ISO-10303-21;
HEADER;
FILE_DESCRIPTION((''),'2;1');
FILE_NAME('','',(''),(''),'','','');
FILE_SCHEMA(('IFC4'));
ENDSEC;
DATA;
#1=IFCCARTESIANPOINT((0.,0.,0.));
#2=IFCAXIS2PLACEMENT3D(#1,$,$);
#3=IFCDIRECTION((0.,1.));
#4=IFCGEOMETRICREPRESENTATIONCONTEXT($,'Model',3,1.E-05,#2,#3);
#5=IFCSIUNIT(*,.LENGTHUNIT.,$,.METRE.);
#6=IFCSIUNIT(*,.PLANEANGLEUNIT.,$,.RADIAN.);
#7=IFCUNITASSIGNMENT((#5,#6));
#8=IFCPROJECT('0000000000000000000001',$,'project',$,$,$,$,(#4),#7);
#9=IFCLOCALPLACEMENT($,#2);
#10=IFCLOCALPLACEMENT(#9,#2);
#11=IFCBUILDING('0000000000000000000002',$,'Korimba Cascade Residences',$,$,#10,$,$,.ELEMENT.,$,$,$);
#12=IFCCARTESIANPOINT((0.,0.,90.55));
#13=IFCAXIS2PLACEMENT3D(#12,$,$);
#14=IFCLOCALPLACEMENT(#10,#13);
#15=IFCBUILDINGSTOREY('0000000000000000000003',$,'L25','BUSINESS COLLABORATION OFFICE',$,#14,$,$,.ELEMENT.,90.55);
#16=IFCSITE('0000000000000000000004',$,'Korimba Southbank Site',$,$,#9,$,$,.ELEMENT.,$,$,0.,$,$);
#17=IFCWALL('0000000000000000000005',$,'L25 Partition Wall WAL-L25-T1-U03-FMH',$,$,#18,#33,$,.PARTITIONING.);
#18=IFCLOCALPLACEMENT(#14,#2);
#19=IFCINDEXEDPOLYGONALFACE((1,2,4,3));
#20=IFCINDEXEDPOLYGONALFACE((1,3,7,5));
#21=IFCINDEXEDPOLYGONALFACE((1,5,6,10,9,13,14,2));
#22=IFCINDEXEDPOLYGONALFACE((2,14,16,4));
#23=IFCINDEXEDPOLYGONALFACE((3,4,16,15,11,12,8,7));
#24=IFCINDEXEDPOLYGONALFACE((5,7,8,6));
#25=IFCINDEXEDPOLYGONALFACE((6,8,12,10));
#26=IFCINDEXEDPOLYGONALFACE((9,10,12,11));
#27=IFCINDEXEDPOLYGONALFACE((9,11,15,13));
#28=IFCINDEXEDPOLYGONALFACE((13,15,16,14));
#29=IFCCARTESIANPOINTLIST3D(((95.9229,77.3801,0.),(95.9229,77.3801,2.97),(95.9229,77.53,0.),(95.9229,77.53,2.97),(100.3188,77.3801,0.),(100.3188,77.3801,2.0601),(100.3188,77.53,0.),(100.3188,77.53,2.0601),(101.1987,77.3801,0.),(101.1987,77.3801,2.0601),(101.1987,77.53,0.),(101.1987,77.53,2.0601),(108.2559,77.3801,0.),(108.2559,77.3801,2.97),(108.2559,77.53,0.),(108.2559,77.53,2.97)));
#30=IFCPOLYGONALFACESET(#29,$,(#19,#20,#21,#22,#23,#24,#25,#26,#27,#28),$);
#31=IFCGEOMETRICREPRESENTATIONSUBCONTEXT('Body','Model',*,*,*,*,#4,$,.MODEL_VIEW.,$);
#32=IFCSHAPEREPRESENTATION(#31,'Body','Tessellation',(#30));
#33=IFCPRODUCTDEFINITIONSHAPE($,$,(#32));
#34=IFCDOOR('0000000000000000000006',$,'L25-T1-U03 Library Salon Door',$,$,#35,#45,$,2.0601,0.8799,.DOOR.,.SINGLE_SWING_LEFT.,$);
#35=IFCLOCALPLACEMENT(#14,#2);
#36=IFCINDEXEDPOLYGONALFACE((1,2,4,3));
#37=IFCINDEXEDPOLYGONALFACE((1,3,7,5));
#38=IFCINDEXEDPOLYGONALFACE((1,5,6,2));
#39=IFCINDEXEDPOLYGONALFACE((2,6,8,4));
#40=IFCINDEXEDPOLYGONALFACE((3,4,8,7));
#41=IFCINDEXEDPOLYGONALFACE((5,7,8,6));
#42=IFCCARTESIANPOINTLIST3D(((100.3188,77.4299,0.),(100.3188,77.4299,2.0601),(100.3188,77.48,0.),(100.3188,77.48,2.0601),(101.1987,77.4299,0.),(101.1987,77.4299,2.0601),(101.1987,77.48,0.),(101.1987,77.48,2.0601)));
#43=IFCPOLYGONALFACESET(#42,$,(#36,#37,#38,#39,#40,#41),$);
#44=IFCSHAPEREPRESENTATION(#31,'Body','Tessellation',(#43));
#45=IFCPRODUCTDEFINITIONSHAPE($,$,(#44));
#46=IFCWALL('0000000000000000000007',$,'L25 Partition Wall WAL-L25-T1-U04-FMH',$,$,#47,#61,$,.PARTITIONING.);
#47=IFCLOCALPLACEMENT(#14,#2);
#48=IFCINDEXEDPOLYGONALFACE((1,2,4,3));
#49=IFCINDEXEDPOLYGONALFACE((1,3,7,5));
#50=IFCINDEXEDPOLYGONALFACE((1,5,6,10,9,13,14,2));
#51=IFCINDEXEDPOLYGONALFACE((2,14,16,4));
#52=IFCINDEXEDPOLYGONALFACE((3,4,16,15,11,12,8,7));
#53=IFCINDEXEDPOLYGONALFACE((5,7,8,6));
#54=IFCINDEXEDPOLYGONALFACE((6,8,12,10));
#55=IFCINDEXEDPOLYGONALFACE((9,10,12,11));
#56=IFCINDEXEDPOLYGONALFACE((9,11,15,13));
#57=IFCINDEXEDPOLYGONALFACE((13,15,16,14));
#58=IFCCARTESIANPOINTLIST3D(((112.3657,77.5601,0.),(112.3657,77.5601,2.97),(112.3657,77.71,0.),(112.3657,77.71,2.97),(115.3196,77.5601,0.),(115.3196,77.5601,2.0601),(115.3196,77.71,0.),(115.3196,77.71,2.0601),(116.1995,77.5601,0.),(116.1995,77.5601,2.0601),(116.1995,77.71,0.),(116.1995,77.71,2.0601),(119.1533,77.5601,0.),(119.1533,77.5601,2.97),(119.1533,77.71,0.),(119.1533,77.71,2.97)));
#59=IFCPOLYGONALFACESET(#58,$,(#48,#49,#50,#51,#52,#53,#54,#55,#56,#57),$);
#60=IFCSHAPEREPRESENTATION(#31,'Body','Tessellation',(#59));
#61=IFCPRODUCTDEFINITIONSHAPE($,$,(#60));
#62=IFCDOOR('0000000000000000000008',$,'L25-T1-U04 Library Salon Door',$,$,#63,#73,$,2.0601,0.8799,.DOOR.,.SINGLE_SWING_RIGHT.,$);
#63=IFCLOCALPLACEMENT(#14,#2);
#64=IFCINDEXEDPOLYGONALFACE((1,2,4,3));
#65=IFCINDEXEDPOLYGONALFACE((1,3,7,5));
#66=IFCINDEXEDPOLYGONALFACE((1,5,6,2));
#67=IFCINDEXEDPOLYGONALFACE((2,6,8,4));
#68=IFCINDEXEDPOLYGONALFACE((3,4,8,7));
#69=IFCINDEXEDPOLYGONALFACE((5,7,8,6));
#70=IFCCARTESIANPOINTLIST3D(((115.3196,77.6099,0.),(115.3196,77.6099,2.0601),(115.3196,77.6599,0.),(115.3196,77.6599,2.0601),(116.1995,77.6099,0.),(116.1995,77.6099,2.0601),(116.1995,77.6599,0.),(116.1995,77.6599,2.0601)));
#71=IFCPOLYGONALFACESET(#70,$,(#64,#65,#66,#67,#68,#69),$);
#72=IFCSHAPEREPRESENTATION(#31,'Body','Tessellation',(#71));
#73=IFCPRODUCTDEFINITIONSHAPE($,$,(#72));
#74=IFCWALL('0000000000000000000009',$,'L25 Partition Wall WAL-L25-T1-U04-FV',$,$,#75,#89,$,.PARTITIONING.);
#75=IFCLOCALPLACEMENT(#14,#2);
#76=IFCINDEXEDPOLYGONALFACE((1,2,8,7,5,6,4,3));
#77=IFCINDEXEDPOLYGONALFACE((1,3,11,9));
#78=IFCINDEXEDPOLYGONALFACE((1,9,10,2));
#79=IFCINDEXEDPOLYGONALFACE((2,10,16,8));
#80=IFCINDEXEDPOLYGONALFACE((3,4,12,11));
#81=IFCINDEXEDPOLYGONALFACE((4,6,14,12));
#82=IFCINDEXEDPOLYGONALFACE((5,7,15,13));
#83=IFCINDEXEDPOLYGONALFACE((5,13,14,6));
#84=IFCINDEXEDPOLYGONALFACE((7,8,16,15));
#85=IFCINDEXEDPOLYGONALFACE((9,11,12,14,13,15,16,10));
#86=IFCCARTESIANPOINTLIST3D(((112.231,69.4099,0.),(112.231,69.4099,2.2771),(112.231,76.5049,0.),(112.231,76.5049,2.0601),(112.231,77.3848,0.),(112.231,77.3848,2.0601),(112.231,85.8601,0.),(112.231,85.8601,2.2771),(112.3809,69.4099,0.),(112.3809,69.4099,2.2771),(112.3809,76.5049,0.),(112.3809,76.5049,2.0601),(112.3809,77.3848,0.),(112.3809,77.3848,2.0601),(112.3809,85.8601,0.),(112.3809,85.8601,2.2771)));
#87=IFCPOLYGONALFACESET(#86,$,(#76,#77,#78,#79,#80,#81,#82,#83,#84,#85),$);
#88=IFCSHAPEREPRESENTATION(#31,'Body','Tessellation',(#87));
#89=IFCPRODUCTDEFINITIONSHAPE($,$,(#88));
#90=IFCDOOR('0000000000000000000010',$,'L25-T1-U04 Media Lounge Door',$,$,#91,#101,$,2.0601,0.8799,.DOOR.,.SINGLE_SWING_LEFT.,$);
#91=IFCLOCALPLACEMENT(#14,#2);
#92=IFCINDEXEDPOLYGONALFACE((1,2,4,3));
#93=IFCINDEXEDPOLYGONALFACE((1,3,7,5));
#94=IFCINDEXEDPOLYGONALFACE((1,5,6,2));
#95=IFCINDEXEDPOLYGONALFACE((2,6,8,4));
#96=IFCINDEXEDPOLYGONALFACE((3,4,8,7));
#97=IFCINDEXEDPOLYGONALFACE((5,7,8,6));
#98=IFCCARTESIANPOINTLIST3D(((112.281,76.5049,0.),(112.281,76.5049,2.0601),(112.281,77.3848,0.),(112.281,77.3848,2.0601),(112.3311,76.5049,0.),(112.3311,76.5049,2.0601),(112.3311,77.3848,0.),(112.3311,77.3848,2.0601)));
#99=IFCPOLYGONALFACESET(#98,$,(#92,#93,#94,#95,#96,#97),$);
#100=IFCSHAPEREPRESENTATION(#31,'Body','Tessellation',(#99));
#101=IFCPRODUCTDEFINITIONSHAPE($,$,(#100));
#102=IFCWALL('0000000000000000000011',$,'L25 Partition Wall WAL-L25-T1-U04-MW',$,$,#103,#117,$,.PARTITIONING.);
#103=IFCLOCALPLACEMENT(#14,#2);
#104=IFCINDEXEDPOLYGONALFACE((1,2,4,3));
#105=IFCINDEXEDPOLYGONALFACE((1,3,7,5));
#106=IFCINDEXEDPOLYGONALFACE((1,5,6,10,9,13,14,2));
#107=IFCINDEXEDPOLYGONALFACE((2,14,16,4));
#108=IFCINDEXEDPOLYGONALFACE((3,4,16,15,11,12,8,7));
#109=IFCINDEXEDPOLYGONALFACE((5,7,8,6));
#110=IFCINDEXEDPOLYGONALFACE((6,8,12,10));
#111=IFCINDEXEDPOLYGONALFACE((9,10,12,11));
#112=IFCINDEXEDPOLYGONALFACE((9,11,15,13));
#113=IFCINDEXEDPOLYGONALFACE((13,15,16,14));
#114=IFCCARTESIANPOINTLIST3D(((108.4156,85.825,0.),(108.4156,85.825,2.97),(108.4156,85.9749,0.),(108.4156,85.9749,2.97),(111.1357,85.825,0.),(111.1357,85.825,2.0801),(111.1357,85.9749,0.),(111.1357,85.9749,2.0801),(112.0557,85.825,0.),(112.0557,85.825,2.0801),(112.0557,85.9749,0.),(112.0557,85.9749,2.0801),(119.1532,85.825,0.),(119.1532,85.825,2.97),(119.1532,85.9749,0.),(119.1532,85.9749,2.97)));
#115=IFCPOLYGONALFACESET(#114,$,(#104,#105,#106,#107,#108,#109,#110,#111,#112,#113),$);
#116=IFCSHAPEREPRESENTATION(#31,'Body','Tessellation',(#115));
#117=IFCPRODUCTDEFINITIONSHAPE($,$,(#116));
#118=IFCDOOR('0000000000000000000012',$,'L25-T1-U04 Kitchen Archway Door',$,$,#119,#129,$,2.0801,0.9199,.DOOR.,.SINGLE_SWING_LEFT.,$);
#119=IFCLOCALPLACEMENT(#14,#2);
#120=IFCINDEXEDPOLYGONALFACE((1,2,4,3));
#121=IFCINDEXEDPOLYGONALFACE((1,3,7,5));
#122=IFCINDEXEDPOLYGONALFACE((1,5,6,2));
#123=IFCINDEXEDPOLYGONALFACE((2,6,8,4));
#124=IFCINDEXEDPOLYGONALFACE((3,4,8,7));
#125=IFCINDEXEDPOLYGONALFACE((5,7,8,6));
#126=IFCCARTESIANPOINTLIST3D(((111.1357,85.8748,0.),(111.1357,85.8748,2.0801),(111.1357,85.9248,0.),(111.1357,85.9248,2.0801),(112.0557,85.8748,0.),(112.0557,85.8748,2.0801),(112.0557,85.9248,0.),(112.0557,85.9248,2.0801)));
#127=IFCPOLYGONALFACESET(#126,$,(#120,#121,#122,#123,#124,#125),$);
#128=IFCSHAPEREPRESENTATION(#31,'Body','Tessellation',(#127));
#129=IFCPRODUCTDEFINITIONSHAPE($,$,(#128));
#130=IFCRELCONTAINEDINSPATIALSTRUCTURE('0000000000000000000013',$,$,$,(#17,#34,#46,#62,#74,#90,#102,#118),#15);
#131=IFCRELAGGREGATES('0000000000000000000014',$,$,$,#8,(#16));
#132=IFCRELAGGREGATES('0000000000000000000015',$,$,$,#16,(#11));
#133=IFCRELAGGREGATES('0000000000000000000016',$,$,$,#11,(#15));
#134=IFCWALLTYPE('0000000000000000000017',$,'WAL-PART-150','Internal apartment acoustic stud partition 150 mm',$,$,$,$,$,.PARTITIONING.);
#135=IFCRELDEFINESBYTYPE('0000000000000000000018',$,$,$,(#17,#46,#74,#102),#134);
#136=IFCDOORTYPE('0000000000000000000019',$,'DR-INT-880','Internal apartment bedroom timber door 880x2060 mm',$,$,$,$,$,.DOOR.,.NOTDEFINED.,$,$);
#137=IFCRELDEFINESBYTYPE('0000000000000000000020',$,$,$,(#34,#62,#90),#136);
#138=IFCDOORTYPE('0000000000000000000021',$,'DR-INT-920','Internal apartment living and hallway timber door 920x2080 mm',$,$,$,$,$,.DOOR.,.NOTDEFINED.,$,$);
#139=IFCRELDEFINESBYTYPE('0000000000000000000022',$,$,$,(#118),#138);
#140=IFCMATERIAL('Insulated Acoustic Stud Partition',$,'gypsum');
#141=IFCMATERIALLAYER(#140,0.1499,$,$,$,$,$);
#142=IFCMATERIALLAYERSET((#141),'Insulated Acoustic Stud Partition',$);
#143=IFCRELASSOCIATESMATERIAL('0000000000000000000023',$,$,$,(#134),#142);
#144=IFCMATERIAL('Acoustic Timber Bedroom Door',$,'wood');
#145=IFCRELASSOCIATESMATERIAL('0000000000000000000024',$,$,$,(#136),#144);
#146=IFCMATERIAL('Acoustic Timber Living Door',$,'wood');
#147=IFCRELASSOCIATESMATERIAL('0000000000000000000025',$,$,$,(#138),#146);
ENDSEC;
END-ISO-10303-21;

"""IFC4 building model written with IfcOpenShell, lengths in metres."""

from ifc_helpers import new_model, si_unit, direction, frame, frame_2d, origin, place, context, subcontext, project, spatial, rectangle, extrude, material, layer, layer_set, type_object, element, fill, save


model = new_model("IFC4")

# Units and contexts
model_context = context("Model", 3, precision=1e-05, world=origin(), true_north=direction((0.0, 1.0)))
body_context = subcontext(model_context, "Body", "Model", "MODEL_VIEW")
ifc_project = project(units=[si_unit("LENGTHUNIT", "METRE"), si_unit("PLANEANGLEUNIT", "RADIAN")], contexts=[model_context])

# Site, building, storey
site_placement = place(None, origin())
site = spatial("IfcSite", under=ifc_project, at=site_placement, Name="Korimba Southbank Site", CompositionType="ELEMENT", RefElevation=0.0)
building_placement = place(site_placement, origin())
building = spatial("IfcBuilding", under=site, at=building_placement, Name="Korimba Cascade Residences", CompositionType="ELEMENT")
storey_placement = place(building_placement, frame((0.0, 0.0, 90.55)))
storey = spatial("IfcBuildingStorey", under=building, at=storey_placement, Name="L25", Description="BUSINESS COLLABORATION OFFICE", CompositionType="ELEMENT", Elevation=90.55)

# Shared definitions
ifc_material_1 = material(Name="Insulated Acoustic Stud Partition", Category="gypsum")
ifc_layer_1 = layer(ifc_material_1, 0.1499)
ifc_layer_set_1 = layer_set([ifc_layer_1], Name="Insulated Acoustic Stud Partition")
wall_type_1 = type_object("IfcWallType", Name="WAL-PART-150", Description="Internal apartment acoustic stud partition 150 mm", PredefinedType="PARTITIONING", material=ifc_layer_set_1)
ifc_material_2 = material(Name="Acoustic Timber Bedroom Door", Category="wood")
door_type_1 = type_object("IfcDoorType", Name="DR-INT-880", Description="Internal apartment bedroom timber door 880x2060 mm", OperationType="NOTDEFINED", PredefinedType="DOOR", material=ifc_material_2)

# Walls, openings, doors
wall_1_placement = place(storey_placement, frame((95.9229, 77.4551, 0.0), z_axis=(0.0, 0.0, 1.0), x_axis=(1.0, 0.0, 0.0)))
wall_1 = element("IfcWall", 1, at=wall_1_placement, inside=storey, type_object=wall_type_1, Name="L25 Partition Wall WAL-L25-T1-U03-FMH", PredefinedType="PARTITIONING", context=body_context, shape_type="SweptSolid", body=[
    extrude(rectangle(XDim=12.333, YDim=0.1499, at=frame_2d((6.1665, 0.0))), origin(), (0.0, 0.0, 1.0), 2.97),
])
opening_1_placement = place(wall_1_placement, frame((4.396, 0.0, 0.0)))
opening_1 = element("IfcOpeningElement", 2, at=opening_1_placement, cuts=wall_1, PredefinedType="OPENING", context=body_context, shape_type="SweptSolid", body=[
    extrude(rectangle(XDim=0.8799, YDim=2.0601, at=frame_2d((0.4399, 1.03))), frame((0.0, 0.085, 0.0), z_axis=(0.0, -1.0, 0.0), x_axis=(1.0, 0.0, 0.0)), (0.0, 0.0, 1.0), 0.1699),
])
door_1_placement = place(opening_1_placement, origin())
door_1 = element("IfcDoor", 3, at=door_1_placement, inside=storey, type_object=door_type_1, Name="L25-T1-U03 Library Salon Door", OperationType="SINGLE_SWING_LEFT", OverallHeight=2.0601, OverallWidth=0.8799, PredefinedType="DOOR", context=body_context, shape_type="SweptSolid", body=[
    extrude(rectangle(XDim=0.8799, YDim=2.0601, at=frame_2d((0.4399, 1.03))), frame((0.0, 0.0249, 0.0), z_axis=(0.0, -1.0, 0.0), x_axis=(1.0, 0.0, 0.0)), (0.0, 0.0, 1.0), 0.05),
])
fill(opening_1, door_1)
wall_2_placement = place(storey_placement, frame((112.3657, 77.635, 0.0), z_axis=(0.0, 0.0, 1.0), x_axis=(1.0, 0.0, 0.0)))
wall_2 = element("IfcWall", 4, at=wall_2_placement, inside=storey, type_object=wall_type_1, Name="L25 Partition Wall WAL-L25-T1-U04-FMH", PredefinedType="PARTITIONING", context=body_context, shape_type="SweptSolid", body=[
    extrude(rectangle(XDim=6.7876, YDim=0.1499, at=frame_2d((3.3938, 0.0))), origin(), (0.0, 0.0, 1.0), 2.97),
])
opening_2_placement = place(wall_2_placement, frame((2.9539, 0.0, 0.0)))
opening_2 = element("IfcOpeningElement", 5, at=opening_2_placement, cuts=wall_2, PredefinedType="OPENING", context=body_context, shape_type="SweptSolid", body=[
    extrude(rectangle(XDim=0.8799, YDim=2.0601, at=frame_2d((0.4399, 1.03))), frame((0.0, 0.085, 0.0), z_axis=(0.0, -1.0, 0.0), x_axis=(1.0, 0.0, 0.0)), (0.0, 0.0, 1.0), 0.1699),
])
door_2_placement = place(opening_2_placement, origin())
door_2 = element("IfcDoor", 6, at=door_2_placement, inside=storey, type_object=door_type_1, Name="L25-T1-U04 Library Salon Door", OperationType="SINGLE_SWING_RIGHT", OverallHeight=2.0601, OverallWidth=0.8799, PredefinedType="DOOR", context=body_context, shape_type="SweptSolid", body=[
    extrude(rectangle(XDim=0.8799, YDim=2.0601, at=frame_2d((0.4399, 1.03))), frame((0.0, 0.0249, 0.0), z_axis=(0.0, -1.0, 0.0), x_axis=(1.0, 0.0, 0.0)), (0.0, 0.0, 1.0), 0.05),
])
fill(opening_2, door_2)
wall_3_placement = place(storey_placement, frame((112.3059, 69.4099, 0.0), z_axis=(0.0, 0.0, 1.0), x_axis=(0.0, 1.0, 0.0)))
wall_3 = element("IfcWall", 7, at=wall_3_placement, inside=storey, type_object=wall_type_1, Name="L25 Partition Wall WAL-L25-T1-U04-FV", PredefinedType="PARTITIONING", context=body_context, shape_type="SweptSolid", body=[
    extrude(rectangle(XDim=16.4502, YDim=0.1499, at=frame_2d((8.2251, 0.0))), origin(), (0.0, 0.0, 1.0), 2.2771),
])
opening_3_placement = place(wall_3_placement, frame((7.095, 0.0, 0.0)))
opening_3 = element("IfcOpeningElement", 8, at=opening_3_placement, cuts=wall_3, PredefinedType="OPENING", context=body_context, shape_type="SweptSolid", body=[
    extrude(rectangle(XDim=0.8799, YDim=2.0601, at=frame_2d((0.4399, 1.03))), frame((0.0, 0.085, 0.0), z_axis=(0.0, -1.0, 0.0), x_axis=(1.0, 0.0, 0.0)), (0.0, 0.0, 1.0), 0.1699),
])
door_3_placement = place(opening_3_placement, origin())
door_3 = element("IfcDoor", 9, at=door_3_placement, inside=storey, type_object=door_type_1, Name="L25-T1-U04 Media Lounge Door", OperationType="SINGLE_SWING_LEFT", OverallHeight=2.0601, OverallWidth=0.8799, PredefinedType="DOOR", context=body_context, shape_type="SweptSolid", body=[
    extrude(rectangle(XDim=0.8799, YDim=2.0601, at=frame_2d((0.4399, 1.03))), frame((0.0, 0.0249, 0.0), z_axis=(0.0, -1.0, 0.0), x_axis=(1.0, 0.0, 0.0)), (0.0, 0.0, 1.0), 0.05),
])
fill(opening_3, door_3)
wall_4_placement = place(storey_placement, frame((108.4158, 85.8999, 0.0), z_axis=(0.0, 0.0, 1.0), x_axis=(1.0, 0.0, 0.0)))
wall_4 = element("IfcWall", 10, at=wall_4_placement, inside=storey, type_object=wall_type_1, Name="L25 Partition Wall WAL-L25-T1-U04-MW", PredefinedType="PARTITIONING", context=body_context, shape_type="SweptSolid", body=[
    extrude(rectangle(XDim=10.7375, YDim=0.1499, at=frame_2d((5.3687, 0.0))), origin(), (0.0, 0.0, 1.0), 2.97),
])
opening_4_placement = place(wall_4_placement, frame((2.72, 0.0, 0.0)))
opening_4 = element("IfcOpeningElement", 11, at=opening_4_placement, cuts=wall_4, PredefinedType="OPENING", context=body_context, shape_type="SweptSolid", body=[
    extrude(rectangle(XDim=0.9199, YDim=2.0801, at=frame_2d((0.46, 1.04))), frame((0.0, 0.085, 0.0), z_axis=(0.0, -1.0, 0.0), x_axis=(1.0, 0.0, 0.0)), (0.0, 0.0, 1.0), 0.1699),
])
ifc_material_3 = material(Name="Acoustic Timber Living Door", Category="wood")
door_type_2 = type_object("IfcDoorType", Name="DR-INT-920", Description="Internal apartment living and hallway timber door 920x2080 mm", OperationType="NOTDEFINED", PredefinedType="DOOR", material=ifc_material_3)
door_4_placement = place(opening_4_placement, origin())
door_4 = element("IfcDoor", 12, at=door_4_placement, inside=storey, type_object=door_type_2, Name="L25-T1-U04 Kitchen Archway Door", OperationType="SINGLE_SWING_LEFT", OverallHeight=2.0801, OverallWidth=0.9199, PredefinedType="DOOR", context=body_context, shape_type="SweptSolid", body=[
    extrude(rectangle(XDim=0.9199, YDim=2.0801, at=frame_2d((0.46, 1.04))), frame((0.0, 0.0249, 0.0), z_axis=(0.0, -1.0, 0.0), x_axis=(1.0, 0.0, 0.0)), (0.0, 0.0, 1.0), 0.05),
])
fill(opening_4, door_4)

save(model, "model.ifc")
